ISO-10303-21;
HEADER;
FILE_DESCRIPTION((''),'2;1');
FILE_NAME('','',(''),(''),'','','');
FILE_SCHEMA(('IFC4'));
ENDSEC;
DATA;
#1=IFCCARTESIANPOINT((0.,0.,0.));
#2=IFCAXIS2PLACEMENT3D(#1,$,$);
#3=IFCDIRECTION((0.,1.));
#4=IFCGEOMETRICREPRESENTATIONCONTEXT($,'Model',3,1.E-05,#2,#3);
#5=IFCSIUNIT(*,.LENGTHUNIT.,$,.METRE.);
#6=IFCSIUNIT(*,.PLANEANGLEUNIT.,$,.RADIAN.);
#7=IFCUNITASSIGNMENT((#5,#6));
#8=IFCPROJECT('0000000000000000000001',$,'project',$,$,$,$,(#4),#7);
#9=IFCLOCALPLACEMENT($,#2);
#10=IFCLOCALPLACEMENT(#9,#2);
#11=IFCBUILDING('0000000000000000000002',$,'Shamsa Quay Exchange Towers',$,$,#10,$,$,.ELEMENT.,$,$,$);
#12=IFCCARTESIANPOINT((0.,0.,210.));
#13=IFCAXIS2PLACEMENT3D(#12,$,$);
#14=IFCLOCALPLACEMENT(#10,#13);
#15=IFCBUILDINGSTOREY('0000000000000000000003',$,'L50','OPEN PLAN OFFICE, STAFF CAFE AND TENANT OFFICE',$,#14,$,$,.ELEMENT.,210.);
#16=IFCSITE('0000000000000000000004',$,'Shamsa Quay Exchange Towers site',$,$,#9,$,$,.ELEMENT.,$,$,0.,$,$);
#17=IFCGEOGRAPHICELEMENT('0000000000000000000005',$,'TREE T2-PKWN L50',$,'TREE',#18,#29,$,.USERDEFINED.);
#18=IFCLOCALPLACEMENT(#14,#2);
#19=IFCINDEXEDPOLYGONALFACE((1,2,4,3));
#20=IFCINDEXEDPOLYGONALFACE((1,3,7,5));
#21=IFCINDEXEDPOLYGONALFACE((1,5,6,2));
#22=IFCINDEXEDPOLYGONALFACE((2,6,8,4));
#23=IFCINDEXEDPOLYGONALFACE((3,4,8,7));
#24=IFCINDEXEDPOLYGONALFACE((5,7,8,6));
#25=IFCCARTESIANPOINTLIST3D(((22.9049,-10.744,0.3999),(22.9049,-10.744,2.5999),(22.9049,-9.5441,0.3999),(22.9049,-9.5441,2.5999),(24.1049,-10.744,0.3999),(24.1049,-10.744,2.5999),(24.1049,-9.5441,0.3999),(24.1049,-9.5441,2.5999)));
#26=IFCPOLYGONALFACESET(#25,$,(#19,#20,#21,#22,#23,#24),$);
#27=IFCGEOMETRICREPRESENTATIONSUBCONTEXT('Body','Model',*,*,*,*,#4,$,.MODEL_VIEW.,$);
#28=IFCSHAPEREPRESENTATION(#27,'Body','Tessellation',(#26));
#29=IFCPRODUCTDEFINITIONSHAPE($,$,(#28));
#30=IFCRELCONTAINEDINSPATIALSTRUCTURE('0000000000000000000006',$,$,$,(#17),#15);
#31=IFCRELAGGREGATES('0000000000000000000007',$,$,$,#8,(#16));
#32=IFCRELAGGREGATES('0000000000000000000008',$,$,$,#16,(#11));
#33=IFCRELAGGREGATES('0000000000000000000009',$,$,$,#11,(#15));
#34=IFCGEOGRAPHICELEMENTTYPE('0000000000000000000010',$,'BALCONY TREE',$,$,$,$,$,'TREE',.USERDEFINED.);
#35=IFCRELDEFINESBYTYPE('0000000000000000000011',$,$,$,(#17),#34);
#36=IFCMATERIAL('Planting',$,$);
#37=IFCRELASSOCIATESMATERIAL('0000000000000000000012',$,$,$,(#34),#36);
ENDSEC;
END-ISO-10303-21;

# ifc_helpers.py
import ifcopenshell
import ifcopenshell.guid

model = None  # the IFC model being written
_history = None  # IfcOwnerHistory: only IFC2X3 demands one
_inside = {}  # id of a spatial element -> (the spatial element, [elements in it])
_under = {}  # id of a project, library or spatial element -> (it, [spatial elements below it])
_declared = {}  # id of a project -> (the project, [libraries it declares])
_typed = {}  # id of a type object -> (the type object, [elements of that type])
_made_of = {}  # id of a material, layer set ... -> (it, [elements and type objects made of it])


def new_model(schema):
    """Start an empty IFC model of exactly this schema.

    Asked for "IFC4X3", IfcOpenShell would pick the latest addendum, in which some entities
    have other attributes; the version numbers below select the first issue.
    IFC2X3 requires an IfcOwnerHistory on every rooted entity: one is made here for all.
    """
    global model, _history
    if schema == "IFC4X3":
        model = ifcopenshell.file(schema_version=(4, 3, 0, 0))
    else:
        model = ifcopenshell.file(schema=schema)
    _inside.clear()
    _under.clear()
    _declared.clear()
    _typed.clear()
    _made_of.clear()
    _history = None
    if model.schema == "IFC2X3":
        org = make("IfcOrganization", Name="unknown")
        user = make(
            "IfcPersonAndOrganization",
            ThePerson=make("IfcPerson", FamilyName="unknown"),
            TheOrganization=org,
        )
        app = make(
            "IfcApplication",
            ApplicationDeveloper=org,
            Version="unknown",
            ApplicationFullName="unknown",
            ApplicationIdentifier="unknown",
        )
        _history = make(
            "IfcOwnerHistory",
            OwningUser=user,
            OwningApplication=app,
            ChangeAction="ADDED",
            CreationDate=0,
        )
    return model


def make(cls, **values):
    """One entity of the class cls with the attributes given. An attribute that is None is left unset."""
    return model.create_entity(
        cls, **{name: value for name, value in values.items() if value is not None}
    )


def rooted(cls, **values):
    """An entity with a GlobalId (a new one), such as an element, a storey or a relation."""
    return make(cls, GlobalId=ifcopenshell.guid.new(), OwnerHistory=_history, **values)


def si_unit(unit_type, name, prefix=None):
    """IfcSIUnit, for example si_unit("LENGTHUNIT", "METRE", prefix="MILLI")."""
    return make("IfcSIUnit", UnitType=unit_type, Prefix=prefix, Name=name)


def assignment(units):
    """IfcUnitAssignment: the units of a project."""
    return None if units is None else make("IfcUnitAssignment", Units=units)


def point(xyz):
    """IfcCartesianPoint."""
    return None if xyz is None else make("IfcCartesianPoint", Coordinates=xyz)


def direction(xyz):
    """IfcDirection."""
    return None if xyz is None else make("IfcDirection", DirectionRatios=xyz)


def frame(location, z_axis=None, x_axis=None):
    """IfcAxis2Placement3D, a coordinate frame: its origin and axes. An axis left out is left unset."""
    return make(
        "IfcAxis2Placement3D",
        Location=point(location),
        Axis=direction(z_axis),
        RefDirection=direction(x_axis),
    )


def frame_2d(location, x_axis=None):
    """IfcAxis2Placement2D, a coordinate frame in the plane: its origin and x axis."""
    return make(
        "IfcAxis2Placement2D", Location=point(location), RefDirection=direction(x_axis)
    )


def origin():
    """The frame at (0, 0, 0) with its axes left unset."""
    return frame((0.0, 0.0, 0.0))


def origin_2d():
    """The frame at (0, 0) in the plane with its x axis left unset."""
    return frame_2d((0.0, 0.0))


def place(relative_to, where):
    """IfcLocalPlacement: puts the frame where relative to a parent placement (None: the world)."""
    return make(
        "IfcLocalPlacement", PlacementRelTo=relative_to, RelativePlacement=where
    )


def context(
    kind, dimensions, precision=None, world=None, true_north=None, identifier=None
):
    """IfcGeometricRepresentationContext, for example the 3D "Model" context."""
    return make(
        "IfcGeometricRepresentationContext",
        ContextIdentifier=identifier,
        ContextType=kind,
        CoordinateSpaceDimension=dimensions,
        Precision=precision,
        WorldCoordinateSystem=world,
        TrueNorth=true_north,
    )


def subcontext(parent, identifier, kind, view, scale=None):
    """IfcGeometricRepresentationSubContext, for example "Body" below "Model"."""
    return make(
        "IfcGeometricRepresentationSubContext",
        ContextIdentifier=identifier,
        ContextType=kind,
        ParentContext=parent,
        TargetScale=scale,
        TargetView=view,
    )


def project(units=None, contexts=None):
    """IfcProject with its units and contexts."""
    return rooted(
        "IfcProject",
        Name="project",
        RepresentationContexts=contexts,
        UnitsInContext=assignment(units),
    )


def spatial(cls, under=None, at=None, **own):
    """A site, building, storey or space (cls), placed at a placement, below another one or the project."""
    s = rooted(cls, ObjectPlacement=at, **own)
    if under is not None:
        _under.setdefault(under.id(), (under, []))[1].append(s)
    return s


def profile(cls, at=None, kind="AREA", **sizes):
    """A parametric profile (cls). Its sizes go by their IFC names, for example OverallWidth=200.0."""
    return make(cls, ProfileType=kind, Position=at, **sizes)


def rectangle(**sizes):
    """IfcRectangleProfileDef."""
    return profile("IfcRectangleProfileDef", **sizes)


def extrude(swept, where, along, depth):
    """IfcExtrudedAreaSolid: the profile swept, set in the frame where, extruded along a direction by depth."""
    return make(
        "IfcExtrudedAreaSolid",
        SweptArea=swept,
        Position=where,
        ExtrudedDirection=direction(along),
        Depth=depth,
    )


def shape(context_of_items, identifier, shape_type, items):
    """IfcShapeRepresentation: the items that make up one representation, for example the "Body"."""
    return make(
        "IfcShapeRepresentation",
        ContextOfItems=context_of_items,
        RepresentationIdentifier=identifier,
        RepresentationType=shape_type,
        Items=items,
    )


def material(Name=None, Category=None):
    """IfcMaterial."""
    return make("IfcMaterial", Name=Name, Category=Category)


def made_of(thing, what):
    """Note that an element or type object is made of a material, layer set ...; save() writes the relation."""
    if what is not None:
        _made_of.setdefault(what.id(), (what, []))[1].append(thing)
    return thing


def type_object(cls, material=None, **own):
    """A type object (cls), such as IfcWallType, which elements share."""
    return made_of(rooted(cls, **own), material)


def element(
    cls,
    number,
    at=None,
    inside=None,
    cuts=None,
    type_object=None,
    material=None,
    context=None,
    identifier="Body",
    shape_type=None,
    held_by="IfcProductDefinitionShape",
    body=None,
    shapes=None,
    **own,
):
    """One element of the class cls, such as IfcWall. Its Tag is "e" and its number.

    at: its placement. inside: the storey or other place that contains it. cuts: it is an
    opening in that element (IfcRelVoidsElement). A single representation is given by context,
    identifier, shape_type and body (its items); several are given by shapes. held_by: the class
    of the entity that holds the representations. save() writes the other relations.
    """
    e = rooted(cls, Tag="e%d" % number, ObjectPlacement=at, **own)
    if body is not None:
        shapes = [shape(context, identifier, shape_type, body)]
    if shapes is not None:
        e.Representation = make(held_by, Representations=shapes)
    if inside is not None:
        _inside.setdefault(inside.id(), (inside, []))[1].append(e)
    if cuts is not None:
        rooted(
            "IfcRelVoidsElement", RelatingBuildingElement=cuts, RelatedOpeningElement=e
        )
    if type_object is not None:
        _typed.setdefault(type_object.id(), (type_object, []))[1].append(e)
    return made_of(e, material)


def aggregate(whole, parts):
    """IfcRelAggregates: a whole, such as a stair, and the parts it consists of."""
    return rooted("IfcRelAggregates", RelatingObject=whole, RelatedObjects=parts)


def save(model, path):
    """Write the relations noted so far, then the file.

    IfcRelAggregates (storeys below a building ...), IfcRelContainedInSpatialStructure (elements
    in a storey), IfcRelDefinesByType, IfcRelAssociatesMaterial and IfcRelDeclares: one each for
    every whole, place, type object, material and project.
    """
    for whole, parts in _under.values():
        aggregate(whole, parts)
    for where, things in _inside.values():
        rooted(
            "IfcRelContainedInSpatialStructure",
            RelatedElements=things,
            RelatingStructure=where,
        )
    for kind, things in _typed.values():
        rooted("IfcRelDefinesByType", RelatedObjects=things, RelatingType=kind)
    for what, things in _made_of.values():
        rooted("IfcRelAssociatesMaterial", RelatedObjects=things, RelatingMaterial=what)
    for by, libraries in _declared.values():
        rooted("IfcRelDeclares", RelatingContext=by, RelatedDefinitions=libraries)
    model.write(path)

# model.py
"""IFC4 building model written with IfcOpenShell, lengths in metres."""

from ifc_helpers import new_model, si_unit, direction, frame, origin, origin_2d, place, context, subcontext, project, spatial, rectangle, extrude, material, type_object, element, save


model = new_model("IFC4")

# Units and contexts
model_context = context("Model", 3, precision=1e-05, world=origin(), true_north=direction((0.0, 1.0)))
body_context = subcontext(model_context, "Body", "Model", "MODEL_VIEW")
ifc_project = project(units=[si_unit("LENGTHUNIT", "METRE"), si_unit("PLANEANGLEUNIT", "RADIAN")], contexts=[model_context])

# Site, building, storey
site_placement = place(None, origin())
site = spatial("IfcSite", under=ifc_project, at=site_placement, Name="Shamsa Quay Exchange Towers site", CompositionType="ELEMENT", RefElevation=0.0)
building_placement = place(site_placement, origin())
building = spatial("IfcBuilding", under=site, at=building_placement, Name="Shamsa Quay Exchange Towers", CompositionType="ELEMENT")
storey_placement = place(building_placement, frame((0.0, 0.0, 210.0)))
storey = spatial("IfcBuildingStorey", under=building, at=storey_placement, Name="L50", Description="OPEN PLAN OFFICE, STAFF CAFE AND TENANT OFFICE", CompositionType="ELEMENT", Elevation=210.0)

# Geographic element
ifc_material_1 = material(Name="Planting")
geographic_element_type = type_object("IfcGeographicElementType", Name="BALCONY TREE", ElementType="TREE", PredefinedType="USERDEFINED", material=ifc_material_1)
geographic_element_placement = place(storey_placement, frame((23.5049, -10.144, 0.3999), z_axis=(0.0, 0.0, 1.0), x_axis=(0.0, -1.0, 0.0)))
element("IfcGeographicElement", 1, at=geographic_element_placement, inside=storey, type_object=geographic_element_type, Name="TREE T2-PKWN L50", ObjectType="TREE", PredefinedType="USERDEFINED", context=body_context, shape_type="SweptSolid", body=[
    extrude(rectangle(XDim=1.2, YDim=1.2, at=origin_2d()), origin(), (0.0, 0.0, 1.0), 2.2),
])

save(model, "model.ifc")
